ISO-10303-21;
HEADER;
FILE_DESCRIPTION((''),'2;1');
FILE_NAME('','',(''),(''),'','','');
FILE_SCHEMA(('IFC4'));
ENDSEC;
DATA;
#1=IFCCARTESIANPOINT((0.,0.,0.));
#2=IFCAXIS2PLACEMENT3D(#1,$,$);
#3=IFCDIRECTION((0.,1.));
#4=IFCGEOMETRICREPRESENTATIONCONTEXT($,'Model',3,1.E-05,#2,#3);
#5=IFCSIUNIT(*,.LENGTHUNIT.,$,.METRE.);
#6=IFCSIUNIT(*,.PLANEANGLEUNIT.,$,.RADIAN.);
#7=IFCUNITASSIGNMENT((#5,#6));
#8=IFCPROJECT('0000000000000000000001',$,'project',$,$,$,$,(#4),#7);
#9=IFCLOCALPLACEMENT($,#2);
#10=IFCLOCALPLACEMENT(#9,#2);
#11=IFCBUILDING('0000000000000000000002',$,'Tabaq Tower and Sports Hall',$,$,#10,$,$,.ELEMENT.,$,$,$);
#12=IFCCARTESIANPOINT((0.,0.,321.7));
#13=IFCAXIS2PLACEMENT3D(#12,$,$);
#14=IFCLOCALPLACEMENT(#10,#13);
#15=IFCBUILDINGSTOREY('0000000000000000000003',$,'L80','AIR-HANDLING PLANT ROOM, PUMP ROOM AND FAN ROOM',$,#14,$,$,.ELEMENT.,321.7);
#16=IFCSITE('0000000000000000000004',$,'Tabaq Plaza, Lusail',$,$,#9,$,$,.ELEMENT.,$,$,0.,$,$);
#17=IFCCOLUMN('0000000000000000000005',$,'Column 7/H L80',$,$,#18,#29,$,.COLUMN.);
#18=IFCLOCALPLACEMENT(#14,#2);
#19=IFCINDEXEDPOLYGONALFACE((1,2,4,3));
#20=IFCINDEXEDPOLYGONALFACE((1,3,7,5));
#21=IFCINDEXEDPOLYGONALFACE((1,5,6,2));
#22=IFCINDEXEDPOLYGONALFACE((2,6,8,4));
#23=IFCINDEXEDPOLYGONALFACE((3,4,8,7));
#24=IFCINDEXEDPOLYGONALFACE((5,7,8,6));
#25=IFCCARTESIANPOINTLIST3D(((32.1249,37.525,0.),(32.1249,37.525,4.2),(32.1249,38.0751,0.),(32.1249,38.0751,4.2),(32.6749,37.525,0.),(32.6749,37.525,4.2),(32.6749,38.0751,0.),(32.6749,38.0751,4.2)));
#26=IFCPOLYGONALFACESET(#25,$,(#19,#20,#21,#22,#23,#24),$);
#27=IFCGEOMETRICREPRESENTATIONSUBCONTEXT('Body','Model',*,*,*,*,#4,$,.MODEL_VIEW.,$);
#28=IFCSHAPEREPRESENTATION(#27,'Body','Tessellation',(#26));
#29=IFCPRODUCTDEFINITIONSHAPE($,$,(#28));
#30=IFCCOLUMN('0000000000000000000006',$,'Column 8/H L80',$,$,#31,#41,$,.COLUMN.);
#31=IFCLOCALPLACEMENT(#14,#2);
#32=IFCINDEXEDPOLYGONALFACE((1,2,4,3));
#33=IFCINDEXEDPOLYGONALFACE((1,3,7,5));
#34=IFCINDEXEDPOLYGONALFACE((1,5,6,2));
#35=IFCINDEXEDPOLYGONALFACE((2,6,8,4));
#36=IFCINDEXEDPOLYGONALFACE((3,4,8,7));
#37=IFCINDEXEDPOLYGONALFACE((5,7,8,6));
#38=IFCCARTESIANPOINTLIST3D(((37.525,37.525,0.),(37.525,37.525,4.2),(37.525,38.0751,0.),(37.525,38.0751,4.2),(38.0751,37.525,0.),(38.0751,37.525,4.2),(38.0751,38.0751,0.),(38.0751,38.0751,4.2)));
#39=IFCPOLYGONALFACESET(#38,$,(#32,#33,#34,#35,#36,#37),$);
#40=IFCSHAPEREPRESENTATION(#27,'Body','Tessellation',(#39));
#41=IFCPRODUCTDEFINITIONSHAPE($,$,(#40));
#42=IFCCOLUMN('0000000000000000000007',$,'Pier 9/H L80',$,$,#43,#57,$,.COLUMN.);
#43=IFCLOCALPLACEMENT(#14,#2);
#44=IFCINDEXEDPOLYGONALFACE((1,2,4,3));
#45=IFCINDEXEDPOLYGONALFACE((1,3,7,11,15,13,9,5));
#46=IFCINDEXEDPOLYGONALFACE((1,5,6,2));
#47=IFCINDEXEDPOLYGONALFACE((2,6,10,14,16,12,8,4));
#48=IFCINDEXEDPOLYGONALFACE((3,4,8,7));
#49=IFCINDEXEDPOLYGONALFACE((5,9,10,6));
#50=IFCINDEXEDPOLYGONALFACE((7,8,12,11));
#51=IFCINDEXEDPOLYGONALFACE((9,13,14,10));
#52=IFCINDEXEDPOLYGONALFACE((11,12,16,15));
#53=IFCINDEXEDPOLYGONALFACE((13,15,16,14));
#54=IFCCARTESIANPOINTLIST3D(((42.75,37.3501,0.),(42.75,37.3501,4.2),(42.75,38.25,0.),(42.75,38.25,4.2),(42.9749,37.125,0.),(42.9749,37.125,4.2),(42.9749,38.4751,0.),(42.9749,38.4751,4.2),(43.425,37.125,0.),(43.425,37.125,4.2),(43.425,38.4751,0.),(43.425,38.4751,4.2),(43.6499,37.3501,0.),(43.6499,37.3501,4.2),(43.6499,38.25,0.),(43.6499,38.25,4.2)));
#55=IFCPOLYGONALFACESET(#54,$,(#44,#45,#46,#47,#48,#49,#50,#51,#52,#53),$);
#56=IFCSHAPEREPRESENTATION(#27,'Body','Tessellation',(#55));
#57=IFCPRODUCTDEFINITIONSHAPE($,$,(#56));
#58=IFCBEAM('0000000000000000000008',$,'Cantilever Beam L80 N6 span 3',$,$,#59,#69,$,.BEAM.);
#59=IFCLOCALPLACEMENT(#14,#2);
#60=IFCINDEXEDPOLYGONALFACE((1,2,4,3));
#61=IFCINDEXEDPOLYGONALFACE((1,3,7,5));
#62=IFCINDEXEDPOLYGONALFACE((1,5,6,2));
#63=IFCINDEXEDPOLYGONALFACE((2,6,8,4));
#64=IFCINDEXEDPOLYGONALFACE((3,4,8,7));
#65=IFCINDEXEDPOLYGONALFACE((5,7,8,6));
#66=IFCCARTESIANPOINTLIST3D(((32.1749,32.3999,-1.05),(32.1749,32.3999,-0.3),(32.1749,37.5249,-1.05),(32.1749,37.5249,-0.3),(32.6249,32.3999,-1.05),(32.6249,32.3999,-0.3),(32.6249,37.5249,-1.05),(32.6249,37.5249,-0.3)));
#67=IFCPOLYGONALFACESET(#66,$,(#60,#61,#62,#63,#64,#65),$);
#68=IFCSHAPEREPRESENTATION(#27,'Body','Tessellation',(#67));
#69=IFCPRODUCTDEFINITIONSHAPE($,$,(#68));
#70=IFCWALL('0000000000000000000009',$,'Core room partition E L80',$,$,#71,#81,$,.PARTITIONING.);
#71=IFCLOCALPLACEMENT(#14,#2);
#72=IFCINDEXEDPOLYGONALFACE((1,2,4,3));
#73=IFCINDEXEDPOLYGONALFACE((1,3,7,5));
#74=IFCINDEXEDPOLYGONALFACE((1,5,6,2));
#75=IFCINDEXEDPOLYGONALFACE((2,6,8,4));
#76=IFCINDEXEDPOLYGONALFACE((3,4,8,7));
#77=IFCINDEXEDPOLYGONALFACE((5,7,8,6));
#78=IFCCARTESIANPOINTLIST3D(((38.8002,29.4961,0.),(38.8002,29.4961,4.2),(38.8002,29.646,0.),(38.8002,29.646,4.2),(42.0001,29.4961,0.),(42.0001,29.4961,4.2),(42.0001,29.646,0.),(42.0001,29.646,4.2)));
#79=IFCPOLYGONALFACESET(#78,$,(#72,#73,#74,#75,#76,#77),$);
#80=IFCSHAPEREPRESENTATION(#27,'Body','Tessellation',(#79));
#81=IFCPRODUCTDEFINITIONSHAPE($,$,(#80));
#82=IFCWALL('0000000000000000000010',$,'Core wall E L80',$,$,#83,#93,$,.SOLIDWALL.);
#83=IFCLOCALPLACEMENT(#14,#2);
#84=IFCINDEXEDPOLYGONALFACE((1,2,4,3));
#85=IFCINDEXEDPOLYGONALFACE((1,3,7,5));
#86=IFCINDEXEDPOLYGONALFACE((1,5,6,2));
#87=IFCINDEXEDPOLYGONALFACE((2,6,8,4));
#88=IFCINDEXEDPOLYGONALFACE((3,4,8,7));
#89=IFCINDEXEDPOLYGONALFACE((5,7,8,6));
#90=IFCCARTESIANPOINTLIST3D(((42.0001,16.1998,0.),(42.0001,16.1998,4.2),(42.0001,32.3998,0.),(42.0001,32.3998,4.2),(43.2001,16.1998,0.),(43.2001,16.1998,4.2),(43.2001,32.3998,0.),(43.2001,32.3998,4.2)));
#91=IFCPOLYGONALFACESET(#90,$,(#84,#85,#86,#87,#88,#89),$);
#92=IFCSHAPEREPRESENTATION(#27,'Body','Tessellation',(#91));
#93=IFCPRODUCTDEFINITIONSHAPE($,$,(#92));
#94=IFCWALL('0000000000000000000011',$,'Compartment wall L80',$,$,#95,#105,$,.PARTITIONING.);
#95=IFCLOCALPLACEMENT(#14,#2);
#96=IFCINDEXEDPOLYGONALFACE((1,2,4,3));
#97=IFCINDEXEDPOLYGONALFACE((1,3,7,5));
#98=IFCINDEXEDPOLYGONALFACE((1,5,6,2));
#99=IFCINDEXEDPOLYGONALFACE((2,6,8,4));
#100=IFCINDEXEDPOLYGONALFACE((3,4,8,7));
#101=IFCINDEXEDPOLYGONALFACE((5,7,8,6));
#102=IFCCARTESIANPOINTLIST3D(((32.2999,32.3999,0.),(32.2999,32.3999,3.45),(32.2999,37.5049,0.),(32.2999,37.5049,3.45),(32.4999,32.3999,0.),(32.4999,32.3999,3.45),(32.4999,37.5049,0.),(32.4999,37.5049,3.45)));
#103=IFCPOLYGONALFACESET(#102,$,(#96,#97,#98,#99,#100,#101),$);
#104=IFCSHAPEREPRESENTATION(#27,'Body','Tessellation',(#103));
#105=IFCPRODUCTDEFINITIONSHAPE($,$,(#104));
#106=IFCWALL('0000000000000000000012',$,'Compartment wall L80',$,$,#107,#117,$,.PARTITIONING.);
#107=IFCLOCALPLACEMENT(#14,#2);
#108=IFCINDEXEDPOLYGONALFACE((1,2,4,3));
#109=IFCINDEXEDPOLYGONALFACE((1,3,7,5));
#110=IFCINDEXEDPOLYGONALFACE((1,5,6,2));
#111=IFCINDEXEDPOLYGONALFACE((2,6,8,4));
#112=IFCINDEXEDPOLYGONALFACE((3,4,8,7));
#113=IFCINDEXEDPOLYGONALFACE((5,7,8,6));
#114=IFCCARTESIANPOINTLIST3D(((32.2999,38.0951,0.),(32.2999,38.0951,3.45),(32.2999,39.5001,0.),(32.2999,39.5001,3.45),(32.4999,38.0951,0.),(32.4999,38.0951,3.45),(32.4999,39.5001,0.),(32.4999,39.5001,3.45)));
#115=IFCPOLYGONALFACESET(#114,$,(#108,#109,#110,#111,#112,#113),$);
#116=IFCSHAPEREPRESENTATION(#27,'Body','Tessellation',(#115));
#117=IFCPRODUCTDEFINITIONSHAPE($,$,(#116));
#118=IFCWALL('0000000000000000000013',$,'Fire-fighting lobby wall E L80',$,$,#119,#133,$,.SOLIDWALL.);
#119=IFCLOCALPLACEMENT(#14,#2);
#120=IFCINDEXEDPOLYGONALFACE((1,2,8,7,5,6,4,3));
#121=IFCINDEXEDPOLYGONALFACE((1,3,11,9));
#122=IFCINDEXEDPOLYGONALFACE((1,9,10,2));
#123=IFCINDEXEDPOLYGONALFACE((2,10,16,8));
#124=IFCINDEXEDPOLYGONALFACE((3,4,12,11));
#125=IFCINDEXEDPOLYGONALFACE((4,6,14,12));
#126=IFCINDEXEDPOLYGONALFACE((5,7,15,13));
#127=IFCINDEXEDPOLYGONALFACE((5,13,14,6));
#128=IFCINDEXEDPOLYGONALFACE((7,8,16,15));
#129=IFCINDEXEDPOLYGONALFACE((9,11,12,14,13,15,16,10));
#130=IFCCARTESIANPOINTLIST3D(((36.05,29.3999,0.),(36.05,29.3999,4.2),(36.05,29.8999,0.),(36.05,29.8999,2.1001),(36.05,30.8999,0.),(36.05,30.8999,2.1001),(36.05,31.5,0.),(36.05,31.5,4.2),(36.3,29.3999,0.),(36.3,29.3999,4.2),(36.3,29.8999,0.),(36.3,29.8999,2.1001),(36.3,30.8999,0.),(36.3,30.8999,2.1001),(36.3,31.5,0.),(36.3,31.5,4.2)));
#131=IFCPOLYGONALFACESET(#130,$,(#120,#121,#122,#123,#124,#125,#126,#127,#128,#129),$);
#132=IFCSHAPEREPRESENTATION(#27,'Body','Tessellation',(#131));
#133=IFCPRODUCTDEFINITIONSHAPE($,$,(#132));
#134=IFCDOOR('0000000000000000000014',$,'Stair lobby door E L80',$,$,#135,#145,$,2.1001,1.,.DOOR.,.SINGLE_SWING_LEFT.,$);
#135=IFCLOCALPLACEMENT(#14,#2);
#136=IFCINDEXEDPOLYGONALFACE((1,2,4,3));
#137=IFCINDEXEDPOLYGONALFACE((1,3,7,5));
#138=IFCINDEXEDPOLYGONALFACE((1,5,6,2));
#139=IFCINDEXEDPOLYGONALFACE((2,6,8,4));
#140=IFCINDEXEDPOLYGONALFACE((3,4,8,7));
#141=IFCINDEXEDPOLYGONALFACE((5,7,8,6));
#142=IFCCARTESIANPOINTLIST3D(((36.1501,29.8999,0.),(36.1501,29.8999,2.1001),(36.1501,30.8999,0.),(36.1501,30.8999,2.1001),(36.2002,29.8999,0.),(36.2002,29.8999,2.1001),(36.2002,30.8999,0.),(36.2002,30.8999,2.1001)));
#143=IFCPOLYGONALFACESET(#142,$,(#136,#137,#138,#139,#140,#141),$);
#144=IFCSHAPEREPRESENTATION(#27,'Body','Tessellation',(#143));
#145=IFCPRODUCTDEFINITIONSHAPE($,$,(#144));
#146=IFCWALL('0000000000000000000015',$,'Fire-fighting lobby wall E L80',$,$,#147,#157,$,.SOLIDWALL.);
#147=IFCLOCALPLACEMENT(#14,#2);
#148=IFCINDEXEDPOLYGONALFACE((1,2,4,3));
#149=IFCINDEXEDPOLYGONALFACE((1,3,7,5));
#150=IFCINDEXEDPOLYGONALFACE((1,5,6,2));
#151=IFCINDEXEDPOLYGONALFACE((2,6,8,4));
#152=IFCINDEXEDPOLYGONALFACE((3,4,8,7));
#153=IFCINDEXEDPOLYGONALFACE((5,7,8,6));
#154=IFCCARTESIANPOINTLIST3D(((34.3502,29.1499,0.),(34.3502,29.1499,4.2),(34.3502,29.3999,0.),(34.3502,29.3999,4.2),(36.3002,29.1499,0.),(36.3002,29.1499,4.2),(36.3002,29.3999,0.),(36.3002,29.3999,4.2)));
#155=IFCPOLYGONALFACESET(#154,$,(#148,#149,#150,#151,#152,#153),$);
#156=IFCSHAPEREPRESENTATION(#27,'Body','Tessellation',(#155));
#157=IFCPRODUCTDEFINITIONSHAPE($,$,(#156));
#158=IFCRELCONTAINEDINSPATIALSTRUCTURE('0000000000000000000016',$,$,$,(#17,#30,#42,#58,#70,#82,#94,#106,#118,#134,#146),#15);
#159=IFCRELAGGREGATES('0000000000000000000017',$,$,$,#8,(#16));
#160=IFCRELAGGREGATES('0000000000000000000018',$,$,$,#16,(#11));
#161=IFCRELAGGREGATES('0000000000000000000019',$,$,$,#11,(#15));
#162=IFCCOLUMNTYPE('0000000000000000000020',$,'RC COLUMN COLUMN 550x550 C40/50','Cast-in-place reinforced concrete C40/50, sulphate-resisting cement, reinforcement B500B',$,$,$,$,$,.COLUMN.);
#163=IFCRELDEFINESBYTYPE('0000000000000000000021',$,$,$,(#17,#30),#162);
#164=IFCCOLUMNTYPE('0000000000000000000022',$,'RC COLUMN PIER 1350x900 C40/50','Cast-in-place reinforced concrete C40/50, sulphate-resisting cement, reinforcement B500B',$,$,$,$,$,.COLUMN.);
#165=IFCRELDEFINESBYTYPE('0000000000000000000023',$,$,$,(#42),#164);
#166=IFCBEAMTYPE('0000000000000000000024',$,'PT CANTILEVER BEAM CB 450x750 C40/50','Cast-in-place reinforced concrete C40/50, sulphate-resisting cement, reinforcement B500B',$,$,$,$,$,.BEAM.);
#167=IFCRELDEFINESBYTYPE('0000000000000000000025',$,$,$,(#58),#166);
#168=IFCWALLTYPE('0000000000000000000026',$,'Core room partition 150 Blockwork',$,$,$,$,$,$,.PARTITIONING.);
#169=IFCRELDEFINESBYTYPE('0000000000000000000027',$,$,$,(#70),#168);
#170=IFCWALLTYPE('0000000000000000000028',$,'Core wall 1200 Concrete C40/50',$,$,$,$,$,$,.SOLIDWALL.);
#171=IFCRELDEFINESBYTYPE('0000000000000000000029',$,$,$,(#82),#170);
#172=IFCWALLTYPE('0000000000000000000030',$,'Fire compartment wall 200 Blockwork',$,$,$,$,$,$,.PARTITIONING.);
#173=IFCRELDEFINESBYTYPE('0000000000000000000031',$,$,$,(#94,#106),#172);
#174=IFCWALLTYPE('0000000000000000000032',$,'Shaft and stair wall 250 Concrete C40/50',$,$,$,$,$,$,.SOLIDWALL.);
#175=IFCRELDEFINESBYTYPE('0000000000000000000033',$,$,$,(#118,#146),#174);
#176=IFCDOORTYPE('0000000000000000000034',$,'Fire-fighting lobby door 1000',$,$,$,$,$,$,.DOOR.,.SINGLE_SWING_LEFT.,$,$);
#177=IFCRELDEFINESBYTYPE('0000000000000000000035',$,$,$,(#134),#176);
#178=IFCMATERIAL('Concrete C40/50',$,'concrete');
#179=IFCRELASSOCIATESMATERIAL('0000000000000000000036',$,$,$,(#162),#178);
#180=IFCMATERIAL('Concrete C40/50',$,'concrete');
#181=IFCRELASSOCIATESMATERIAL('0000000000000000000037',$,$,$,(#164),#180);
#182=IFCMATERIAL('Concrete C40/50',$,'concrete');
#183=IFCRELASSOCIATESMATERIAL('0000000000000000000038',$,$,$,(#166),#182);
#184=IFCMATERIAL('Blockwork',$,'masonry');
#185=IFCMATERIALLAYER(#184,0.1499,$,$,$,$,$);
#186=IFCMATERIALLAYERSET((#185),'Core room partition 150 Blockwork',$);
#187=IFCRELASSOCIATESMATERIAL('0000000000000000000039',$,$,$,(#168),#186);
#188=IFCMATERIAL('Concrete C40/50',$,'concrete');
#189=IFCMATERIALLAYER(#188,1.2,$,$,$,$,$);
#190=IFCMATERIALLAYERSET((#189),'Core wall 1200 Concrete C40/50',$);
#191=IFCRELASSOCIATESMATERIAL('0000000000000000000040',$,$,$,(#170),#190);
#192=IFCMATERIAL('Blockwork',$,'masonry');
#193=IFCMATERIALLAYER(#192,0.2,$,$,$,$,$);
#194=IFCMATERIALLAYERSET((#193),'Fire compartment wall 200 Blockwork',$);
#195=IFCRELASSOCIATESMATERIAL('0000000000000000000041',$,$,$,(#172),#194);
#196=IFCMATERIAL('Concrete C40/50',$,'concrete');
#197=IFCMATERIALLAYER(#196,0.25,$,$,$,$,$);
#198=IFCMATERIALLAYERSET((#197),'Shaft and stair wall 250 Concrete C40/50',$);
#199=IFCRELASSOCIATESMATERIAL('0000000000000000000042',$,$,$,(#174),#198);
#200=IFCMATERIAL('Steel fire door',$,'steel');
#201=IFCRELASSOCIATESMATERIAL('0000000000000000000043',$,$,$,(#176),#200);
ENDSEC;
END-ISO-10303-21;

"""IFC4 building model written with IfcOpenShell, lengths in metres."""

from ifc_helpers import new_model, si_unit, direction, frame, frame_2d, origin, origin_2d, place, context, subcontext, project, spatial, polyline, rectangle, outline, extrude, material, layer, layer_set, material_profile, profile_set, type_object, element, fill, save


model = new_model("IFC4")

# Units and contexts
model_context = context("Model", 3, precision=1e-05, world=origin(), true_north=direction((0.0, 1.0)))
body_context = subcontext(model_context, "Body", "Model", "MODEL_VIEW")
ifc_project = project(units=[si_unit("LENGTHUNIT", "METRE"), si_unit("PLANEANGLEUNIT", "RADIAN")], contexts=[model_context])

# Site, building, storey
site_placement = place(None, origin())
site = spatial("IfcSite", under=ifc_project, at=site_placement, Name="Tabaq Plaza, Lusail", CompositionType="ELEMENT", RefElevation=0.0)
building_placement = place(site_placement, origin())
building = spatial("IfcBuilding", under=site, at=building_placement, Name="Tabaq Tower and Sports Hall", CompositionType="ELEMENT")
storey_placement = place(building_placement, frame((0.0, 0.0, 321.7)))
storey = spatial("IfcBuildingStorey", under=building, at=storey_placement, Name="L80", Description="AIR-HANDLING PLANT ROOM, PUMP ROOM AND FAN ROOM", CompositionType="ELEMENT", Elevation=321.7)

# Columns
ifc_material_1 = material(Name="Concrete C40/50", Category="concrete")
ifc_material_profile_1 = material_profile(ifc_material_1, rectangle(XDim=0.55, YDim=0.55, at=origin_2d()), Name="COLUMN 550x550")
ifc_profile_set_1 = profile_set([ifc_material_profile_1], Name="Concrete C40/50")
column_type_1 = type_object("IfcColumnType", Name="RC COLUMN COLUMN 550x550 C40/50", Description="Cast-in-place reinforced concrete C40/50, sulphate-resisting cement, reinforcement B500B", PredefinedType="COLUMN", material=ifc_profile_set_1)
for number, where, z_axis, x_axis, name in (
    (1, (32.3999, 37.8, 0.0), (0.0, 0.0, 1.0), (1.0, 0.0, 0.0), "Column 7/H L80"),
    (2, (37.8, 37.8, 0.0), (0.0, 0.0, 1.0), (1.0, 0.0, 0.0), "Column 8/H L80"),
):
    element("IfcColumn", number, at=place(storey_placement, frame(where, z_axis=z_axis, x_axis=x_axis)), inside=storey, type_object=column_type_1, Name=name, PredefinedType="COLUMN", context=body_context, shape_type="SweptSolid", body=[
        extrude(rectangle(XDim=0.55, YDim=0.55, at=origin_2d()), origin(), (0.0, 0.0, 1.0), 4.2),
    ])
ifc_material_2 = material(Name="Concrete C40/50", Category="concrete")
ifc_material_profile_2 = material_profile(ifc_material_2, outline(polyline([(-0.45, -0.45), (0.45, -0.45), (0.675, -0.2251), (0.675, 0.2251), (0.45, 0.45), (-0.45, 0.45), (-0.675, 0.2251), (-0.675, -0.2251), (-0.45, -0.45)])), Name="PIER 1350x900")
ifc_profile_set_2 = profile_set([ifc_material_profile_2], Name="Concrete C40/50")
column_type_2 = type_object("IfcColumnType", Name="RC COLUMN PIER 1350x900 C40/50", Description="Cast-in-place reinforced concrete C40/50, sulphate-resisting cement, reinforcement B500B", PredefinedType="COLUMN", material=ifc_profile_set_2)
column_placement = place(storey_placement, frame((43.2, 37.8, 0.0), z_axis=(0.0, 0.0, 1.0), x_axis=(0.0, 1.0, 0.0)))
element("IfcColumn", 3, at=column_placement, inside=storey, type_object=column_type_2, Name="Pier 9/H L80", PredefinedType="COLUMN", context=body_context, shape_type="SweptSolid", body=[
    extrude(outline(polyline([(-0.45, -0.45), (0.45, -0.45), (0.675, -0.2251), (0.675, 0.2251), (0.45, 0.45), (-0.45, 0.45), (-0.675, 0.2251), (-0.675, -0.2251), (-0.45, -0.45)])), origin(), (0.0, 0.0, 1.0), 4.2),
])

# Beam
ifc_material_3 = material(Name="Concrete C40/50", Category="concrete")
ifc_material_profile_3 = material_profile(ifc_material_3, rectangle(XDim=0.45, YDim=0.75, at=origin_2d()), Name="CB 450x750")
ifc_profile_set_3 = profile_set([ifc_material_profile_3], Name="Concrete C40/50")
beam_type = type_object("IfcBeamType", Name="PT CANTILEVER BEAM CB 450x750 C40/50", Description="Cast-in-place reinforced concrete C40/50, sulphate-resisting cement, reinforcement B500B", PredefinedType="BEAM", material=ifc_profile_set_3)
beam_placement = place(storey_placement, frame((32.3999, 37.5249, -0.675), z_axis=(0.0, -1.0, 0.0), x_axis=(1.0, 0.0, 0.0)))
element("IfcBeam", 4, at=beam_placement, inside=storey, type_object=beam_type, Name="Cantilever Beam L80 N6 span 3", PredefinedType="BEAM", context=body_context, shape_type="SweptSolid", body=[
    extrude(rectangle(XDim=0.45, YDim=0.75, at=origin_2d()), origin(), (0.0, 0.0, 1.0), 5.125),
])

# Walls
ifc_material_4 = material(Name="Blockwork", Category="masonry")
ifc_layer_1 = layer(ifc_material_4, 0.1499)
ifc_layer_set_1 = layer_set([ifc_layer_1], Name="Core room partition 150 Blockwork")
wall_type_1 = type_object("IfcWallType", Name="Core room partition 150 Blockwork", PredefinedType="PARTITIONING", material=ifc_layer_set_1)
wall_1_placement = place(storey_placement, frame((38.8, 29.571, 0.0), z_axis=(0.0, 0.0, 1.0), x_axis=(1.0, 0.0, 0.0)))
element("IfcWall", 5, at=wall_1_placement, inside=storey, type_object=wall_type_1, Name="Core room partition E L80", PredefinedType="PARTITIONING", context=body_context, shape_type="SweptSolid", body=[
    extrude(rectangle(XDim=3.2, YDim=0.1499, at=frame_2d((1.6001, 0.0))), origin(), (0.0, 0.0, 1.0), 4.2),
])
ifc_material_5 = material(Name="Concrete C40/50", Category="concrete")
ifc_layer_2 = layer(ifc_material_5, 1.2)
ifc_layer_set_2 = layer_set([ifc_layer_2], Name="Core wall 1200 Concrete C40/50")
wall_type_2 = type_object("IfcWallType", Name="Core wall 1200 Concrete C40/50", PredefinedType="SOLIDWALL", material=ifc_layer_set_2)
wall_2_placement = place(storey_placement, frame((42.6001, 32.3999, 0.0), z_axis=(0.0, 0.0, 1.0), x_axis=(0.0, -1.0, 0.0)))
element("IfcWall", 6, at=wall_2_placement, inside=storey, type_object=wall_type_2, Name="Core wall E L80", PredefinedType="SOLIDWALL", context=body_context, shape_type="SweptSolid", body=[
    extrude(rectangle(XDim=16.2, YDim=1.2, at=frame_2d((8.1001, 0.0))), origin(), (0.0, 0.0, 1.0), 4.2),
])
ifc_material_6 = material(Name="Blockwork", Category="masonry")
ifc_layer_3 = layer(ifc_material_6, 0.2)
ifc_layer_set_3 = layer_set([ifc_layer_3], Name="Fire compartment wall 200 Blockwork")
wall_type_3 = type_object("IfcWallType", Name="Fire compartment wall 200 Blockwork", PredefinedType="PARTITIONING", material=ifc_layer_set_3)
wall_3_placement = place(storey_placement, frame((32.3999, 32.3999, 0.0), z_axis=(0.0, 0.0, 1.0), x_axis=(0.0, 1.0, 0.0)))
element("IfcWall", 7, at=wall_3_placement, inside=storey, type_object=wall_type_3, Name="Compartment wall L80", PredefinedType="PARTITIONING", context=body_context, shape_type="SweptSolid", body=[
    extrude(rectangle(XDim=5.105, YDim=0.2, at=frame_2d((2.5525, 0.0))), origin(), (0.0, 0.0, 1.0), 3.45),
])
wall_4_placement = place(storey_placement, frame((32.3999, 38.095, 0.0), z_axis=(0.0, 0.0, 1.0), x_axis=(0.0, 1.0, 0.0)))
element("IfcWall", 8, at=wall_4_placement, inside=storey, type_object=wall_type_3, Name="Compartment wall L80", PredefinedType="PARTITIONING", context=body_context, shape_type="SweptSolid", body=[
    extrude(rectangle(XDim=1.405, YDim=0.2, at=frame_2d((0.7026, 0.0))), origin(), (0.0, 0.0, 1.0), 3.45),
])

# Wall, opening, door
ifc_material_7 = material(Name="Concrete C40/50", Category="concrete")
ifc_layer_4 = layer(ifc_material_7, 0.25)
ifc_layer_set_4 = layer_set([ifc_layer_4], Name="Shaft and stair wall 250 Concrete C40/50")
wall_type_4 = type_object("IfcWallType", Name="Shaft and stair wall 250 Concrete C40/50", PredefinedType="SOLIDWALL", material=ifc_layer_set_4)
wall_5_placement = place(storey_placement, frame((36.175, 29.3999, 0.0), z_axis=(0.0, 0.0, 1.0), x_axis=(0.0, 1.0, 0.0)))
wall_5 = element("IfcWall", 9, at=wall_5_placement, inside=storey, type_object=wall_type_4, Name="Fire-fighting lobby wall E L80", PredefinedType="SOLIDWALL", context=body_context, shape_type="SweptSolid", body=[
    extrude(rectangle(XDim=2.1001, YDim=0.25, at=frame_2d((1.05, 0.0))), origin(), (0.0, 0.0, 1.0), 4.2),
])
opening_1_placement = place(wall_5_placement, frame((0.5, 0.0, 0.0)))
opening_1 = element("IfcOpeningElement", 10, at=opening_1_placement, cuts=wall_5, PredefinedType="OPENING", context=body_context, shape_type="SweptSolid", body=[
    extrude(rectangle(XDim=1.0, YDim=2.1001, at=frame_2d((0.5, 1.05))), frame((0.0, 0.125, 0.0), z_axis=(0.0, -1.0, 0.0), x_axis=(1.0, 0.0, 0.0)), (0.0, 0.0, 1.0), 0.25),
])
ifc_material_8 = material(Name="Steel fire door", Category="steel")
door_type_1 = type_object("IfcDoorType", Name="Fire-fighting lobby door 1000", OperationType="SINGLE_SWING_LEFT", PredefinedType="DOOR", material=ifc_material_8)
door_1_placement = place(opening_1_placement, origin())
door_1 = element("IfcDoor", 11, at=door_1_placement, inside=storey, type_object=door_type_1, Name="Stair lobby door E L80", OperationType="SINGLE_SWING_LEFT", OverallHeight=2.1001, OverallWidth=1.0, PredefinedType="DOOR", context=body_context, shape_type="SweptSolid", body=[
    extrude(rectangle(XDim=1.0, YDim=2.1001, at=frame_2d((0.5, 1.05))), frame((0.0, 0.0249, 0.0), z_axis=(0.0, -1.0, 0.0), x_axis=(1.0, 0.0, 0.0)), (0.0, 0.0, 1.0), 0.05),
])
fill(opening_1, door_1)

# Wall
wall_6_placement = place(storey_placement, frame((34.3501, 29.2749, 0.0), z_axis=(0.0, 0.0, 1.0), x_axis=(1.0, 0.0, 0.0)))
element("IfcWall", 12, at=wall_6_placement, inside=storey, type_object=wall_type_4, Name="Fire-fighting lobby wall E L80", PredefinedType="SOLIDWALL", context=body_context, shape_type="SweptSolid", body=[
    extrude(rectangle(XDim=1.95, YDim=0.25, at=frame_2d((0.9751, 0.0))), origin(), (0.0, 0.0, 1.0), 4.2),
])

save(model, "model.ifc")
